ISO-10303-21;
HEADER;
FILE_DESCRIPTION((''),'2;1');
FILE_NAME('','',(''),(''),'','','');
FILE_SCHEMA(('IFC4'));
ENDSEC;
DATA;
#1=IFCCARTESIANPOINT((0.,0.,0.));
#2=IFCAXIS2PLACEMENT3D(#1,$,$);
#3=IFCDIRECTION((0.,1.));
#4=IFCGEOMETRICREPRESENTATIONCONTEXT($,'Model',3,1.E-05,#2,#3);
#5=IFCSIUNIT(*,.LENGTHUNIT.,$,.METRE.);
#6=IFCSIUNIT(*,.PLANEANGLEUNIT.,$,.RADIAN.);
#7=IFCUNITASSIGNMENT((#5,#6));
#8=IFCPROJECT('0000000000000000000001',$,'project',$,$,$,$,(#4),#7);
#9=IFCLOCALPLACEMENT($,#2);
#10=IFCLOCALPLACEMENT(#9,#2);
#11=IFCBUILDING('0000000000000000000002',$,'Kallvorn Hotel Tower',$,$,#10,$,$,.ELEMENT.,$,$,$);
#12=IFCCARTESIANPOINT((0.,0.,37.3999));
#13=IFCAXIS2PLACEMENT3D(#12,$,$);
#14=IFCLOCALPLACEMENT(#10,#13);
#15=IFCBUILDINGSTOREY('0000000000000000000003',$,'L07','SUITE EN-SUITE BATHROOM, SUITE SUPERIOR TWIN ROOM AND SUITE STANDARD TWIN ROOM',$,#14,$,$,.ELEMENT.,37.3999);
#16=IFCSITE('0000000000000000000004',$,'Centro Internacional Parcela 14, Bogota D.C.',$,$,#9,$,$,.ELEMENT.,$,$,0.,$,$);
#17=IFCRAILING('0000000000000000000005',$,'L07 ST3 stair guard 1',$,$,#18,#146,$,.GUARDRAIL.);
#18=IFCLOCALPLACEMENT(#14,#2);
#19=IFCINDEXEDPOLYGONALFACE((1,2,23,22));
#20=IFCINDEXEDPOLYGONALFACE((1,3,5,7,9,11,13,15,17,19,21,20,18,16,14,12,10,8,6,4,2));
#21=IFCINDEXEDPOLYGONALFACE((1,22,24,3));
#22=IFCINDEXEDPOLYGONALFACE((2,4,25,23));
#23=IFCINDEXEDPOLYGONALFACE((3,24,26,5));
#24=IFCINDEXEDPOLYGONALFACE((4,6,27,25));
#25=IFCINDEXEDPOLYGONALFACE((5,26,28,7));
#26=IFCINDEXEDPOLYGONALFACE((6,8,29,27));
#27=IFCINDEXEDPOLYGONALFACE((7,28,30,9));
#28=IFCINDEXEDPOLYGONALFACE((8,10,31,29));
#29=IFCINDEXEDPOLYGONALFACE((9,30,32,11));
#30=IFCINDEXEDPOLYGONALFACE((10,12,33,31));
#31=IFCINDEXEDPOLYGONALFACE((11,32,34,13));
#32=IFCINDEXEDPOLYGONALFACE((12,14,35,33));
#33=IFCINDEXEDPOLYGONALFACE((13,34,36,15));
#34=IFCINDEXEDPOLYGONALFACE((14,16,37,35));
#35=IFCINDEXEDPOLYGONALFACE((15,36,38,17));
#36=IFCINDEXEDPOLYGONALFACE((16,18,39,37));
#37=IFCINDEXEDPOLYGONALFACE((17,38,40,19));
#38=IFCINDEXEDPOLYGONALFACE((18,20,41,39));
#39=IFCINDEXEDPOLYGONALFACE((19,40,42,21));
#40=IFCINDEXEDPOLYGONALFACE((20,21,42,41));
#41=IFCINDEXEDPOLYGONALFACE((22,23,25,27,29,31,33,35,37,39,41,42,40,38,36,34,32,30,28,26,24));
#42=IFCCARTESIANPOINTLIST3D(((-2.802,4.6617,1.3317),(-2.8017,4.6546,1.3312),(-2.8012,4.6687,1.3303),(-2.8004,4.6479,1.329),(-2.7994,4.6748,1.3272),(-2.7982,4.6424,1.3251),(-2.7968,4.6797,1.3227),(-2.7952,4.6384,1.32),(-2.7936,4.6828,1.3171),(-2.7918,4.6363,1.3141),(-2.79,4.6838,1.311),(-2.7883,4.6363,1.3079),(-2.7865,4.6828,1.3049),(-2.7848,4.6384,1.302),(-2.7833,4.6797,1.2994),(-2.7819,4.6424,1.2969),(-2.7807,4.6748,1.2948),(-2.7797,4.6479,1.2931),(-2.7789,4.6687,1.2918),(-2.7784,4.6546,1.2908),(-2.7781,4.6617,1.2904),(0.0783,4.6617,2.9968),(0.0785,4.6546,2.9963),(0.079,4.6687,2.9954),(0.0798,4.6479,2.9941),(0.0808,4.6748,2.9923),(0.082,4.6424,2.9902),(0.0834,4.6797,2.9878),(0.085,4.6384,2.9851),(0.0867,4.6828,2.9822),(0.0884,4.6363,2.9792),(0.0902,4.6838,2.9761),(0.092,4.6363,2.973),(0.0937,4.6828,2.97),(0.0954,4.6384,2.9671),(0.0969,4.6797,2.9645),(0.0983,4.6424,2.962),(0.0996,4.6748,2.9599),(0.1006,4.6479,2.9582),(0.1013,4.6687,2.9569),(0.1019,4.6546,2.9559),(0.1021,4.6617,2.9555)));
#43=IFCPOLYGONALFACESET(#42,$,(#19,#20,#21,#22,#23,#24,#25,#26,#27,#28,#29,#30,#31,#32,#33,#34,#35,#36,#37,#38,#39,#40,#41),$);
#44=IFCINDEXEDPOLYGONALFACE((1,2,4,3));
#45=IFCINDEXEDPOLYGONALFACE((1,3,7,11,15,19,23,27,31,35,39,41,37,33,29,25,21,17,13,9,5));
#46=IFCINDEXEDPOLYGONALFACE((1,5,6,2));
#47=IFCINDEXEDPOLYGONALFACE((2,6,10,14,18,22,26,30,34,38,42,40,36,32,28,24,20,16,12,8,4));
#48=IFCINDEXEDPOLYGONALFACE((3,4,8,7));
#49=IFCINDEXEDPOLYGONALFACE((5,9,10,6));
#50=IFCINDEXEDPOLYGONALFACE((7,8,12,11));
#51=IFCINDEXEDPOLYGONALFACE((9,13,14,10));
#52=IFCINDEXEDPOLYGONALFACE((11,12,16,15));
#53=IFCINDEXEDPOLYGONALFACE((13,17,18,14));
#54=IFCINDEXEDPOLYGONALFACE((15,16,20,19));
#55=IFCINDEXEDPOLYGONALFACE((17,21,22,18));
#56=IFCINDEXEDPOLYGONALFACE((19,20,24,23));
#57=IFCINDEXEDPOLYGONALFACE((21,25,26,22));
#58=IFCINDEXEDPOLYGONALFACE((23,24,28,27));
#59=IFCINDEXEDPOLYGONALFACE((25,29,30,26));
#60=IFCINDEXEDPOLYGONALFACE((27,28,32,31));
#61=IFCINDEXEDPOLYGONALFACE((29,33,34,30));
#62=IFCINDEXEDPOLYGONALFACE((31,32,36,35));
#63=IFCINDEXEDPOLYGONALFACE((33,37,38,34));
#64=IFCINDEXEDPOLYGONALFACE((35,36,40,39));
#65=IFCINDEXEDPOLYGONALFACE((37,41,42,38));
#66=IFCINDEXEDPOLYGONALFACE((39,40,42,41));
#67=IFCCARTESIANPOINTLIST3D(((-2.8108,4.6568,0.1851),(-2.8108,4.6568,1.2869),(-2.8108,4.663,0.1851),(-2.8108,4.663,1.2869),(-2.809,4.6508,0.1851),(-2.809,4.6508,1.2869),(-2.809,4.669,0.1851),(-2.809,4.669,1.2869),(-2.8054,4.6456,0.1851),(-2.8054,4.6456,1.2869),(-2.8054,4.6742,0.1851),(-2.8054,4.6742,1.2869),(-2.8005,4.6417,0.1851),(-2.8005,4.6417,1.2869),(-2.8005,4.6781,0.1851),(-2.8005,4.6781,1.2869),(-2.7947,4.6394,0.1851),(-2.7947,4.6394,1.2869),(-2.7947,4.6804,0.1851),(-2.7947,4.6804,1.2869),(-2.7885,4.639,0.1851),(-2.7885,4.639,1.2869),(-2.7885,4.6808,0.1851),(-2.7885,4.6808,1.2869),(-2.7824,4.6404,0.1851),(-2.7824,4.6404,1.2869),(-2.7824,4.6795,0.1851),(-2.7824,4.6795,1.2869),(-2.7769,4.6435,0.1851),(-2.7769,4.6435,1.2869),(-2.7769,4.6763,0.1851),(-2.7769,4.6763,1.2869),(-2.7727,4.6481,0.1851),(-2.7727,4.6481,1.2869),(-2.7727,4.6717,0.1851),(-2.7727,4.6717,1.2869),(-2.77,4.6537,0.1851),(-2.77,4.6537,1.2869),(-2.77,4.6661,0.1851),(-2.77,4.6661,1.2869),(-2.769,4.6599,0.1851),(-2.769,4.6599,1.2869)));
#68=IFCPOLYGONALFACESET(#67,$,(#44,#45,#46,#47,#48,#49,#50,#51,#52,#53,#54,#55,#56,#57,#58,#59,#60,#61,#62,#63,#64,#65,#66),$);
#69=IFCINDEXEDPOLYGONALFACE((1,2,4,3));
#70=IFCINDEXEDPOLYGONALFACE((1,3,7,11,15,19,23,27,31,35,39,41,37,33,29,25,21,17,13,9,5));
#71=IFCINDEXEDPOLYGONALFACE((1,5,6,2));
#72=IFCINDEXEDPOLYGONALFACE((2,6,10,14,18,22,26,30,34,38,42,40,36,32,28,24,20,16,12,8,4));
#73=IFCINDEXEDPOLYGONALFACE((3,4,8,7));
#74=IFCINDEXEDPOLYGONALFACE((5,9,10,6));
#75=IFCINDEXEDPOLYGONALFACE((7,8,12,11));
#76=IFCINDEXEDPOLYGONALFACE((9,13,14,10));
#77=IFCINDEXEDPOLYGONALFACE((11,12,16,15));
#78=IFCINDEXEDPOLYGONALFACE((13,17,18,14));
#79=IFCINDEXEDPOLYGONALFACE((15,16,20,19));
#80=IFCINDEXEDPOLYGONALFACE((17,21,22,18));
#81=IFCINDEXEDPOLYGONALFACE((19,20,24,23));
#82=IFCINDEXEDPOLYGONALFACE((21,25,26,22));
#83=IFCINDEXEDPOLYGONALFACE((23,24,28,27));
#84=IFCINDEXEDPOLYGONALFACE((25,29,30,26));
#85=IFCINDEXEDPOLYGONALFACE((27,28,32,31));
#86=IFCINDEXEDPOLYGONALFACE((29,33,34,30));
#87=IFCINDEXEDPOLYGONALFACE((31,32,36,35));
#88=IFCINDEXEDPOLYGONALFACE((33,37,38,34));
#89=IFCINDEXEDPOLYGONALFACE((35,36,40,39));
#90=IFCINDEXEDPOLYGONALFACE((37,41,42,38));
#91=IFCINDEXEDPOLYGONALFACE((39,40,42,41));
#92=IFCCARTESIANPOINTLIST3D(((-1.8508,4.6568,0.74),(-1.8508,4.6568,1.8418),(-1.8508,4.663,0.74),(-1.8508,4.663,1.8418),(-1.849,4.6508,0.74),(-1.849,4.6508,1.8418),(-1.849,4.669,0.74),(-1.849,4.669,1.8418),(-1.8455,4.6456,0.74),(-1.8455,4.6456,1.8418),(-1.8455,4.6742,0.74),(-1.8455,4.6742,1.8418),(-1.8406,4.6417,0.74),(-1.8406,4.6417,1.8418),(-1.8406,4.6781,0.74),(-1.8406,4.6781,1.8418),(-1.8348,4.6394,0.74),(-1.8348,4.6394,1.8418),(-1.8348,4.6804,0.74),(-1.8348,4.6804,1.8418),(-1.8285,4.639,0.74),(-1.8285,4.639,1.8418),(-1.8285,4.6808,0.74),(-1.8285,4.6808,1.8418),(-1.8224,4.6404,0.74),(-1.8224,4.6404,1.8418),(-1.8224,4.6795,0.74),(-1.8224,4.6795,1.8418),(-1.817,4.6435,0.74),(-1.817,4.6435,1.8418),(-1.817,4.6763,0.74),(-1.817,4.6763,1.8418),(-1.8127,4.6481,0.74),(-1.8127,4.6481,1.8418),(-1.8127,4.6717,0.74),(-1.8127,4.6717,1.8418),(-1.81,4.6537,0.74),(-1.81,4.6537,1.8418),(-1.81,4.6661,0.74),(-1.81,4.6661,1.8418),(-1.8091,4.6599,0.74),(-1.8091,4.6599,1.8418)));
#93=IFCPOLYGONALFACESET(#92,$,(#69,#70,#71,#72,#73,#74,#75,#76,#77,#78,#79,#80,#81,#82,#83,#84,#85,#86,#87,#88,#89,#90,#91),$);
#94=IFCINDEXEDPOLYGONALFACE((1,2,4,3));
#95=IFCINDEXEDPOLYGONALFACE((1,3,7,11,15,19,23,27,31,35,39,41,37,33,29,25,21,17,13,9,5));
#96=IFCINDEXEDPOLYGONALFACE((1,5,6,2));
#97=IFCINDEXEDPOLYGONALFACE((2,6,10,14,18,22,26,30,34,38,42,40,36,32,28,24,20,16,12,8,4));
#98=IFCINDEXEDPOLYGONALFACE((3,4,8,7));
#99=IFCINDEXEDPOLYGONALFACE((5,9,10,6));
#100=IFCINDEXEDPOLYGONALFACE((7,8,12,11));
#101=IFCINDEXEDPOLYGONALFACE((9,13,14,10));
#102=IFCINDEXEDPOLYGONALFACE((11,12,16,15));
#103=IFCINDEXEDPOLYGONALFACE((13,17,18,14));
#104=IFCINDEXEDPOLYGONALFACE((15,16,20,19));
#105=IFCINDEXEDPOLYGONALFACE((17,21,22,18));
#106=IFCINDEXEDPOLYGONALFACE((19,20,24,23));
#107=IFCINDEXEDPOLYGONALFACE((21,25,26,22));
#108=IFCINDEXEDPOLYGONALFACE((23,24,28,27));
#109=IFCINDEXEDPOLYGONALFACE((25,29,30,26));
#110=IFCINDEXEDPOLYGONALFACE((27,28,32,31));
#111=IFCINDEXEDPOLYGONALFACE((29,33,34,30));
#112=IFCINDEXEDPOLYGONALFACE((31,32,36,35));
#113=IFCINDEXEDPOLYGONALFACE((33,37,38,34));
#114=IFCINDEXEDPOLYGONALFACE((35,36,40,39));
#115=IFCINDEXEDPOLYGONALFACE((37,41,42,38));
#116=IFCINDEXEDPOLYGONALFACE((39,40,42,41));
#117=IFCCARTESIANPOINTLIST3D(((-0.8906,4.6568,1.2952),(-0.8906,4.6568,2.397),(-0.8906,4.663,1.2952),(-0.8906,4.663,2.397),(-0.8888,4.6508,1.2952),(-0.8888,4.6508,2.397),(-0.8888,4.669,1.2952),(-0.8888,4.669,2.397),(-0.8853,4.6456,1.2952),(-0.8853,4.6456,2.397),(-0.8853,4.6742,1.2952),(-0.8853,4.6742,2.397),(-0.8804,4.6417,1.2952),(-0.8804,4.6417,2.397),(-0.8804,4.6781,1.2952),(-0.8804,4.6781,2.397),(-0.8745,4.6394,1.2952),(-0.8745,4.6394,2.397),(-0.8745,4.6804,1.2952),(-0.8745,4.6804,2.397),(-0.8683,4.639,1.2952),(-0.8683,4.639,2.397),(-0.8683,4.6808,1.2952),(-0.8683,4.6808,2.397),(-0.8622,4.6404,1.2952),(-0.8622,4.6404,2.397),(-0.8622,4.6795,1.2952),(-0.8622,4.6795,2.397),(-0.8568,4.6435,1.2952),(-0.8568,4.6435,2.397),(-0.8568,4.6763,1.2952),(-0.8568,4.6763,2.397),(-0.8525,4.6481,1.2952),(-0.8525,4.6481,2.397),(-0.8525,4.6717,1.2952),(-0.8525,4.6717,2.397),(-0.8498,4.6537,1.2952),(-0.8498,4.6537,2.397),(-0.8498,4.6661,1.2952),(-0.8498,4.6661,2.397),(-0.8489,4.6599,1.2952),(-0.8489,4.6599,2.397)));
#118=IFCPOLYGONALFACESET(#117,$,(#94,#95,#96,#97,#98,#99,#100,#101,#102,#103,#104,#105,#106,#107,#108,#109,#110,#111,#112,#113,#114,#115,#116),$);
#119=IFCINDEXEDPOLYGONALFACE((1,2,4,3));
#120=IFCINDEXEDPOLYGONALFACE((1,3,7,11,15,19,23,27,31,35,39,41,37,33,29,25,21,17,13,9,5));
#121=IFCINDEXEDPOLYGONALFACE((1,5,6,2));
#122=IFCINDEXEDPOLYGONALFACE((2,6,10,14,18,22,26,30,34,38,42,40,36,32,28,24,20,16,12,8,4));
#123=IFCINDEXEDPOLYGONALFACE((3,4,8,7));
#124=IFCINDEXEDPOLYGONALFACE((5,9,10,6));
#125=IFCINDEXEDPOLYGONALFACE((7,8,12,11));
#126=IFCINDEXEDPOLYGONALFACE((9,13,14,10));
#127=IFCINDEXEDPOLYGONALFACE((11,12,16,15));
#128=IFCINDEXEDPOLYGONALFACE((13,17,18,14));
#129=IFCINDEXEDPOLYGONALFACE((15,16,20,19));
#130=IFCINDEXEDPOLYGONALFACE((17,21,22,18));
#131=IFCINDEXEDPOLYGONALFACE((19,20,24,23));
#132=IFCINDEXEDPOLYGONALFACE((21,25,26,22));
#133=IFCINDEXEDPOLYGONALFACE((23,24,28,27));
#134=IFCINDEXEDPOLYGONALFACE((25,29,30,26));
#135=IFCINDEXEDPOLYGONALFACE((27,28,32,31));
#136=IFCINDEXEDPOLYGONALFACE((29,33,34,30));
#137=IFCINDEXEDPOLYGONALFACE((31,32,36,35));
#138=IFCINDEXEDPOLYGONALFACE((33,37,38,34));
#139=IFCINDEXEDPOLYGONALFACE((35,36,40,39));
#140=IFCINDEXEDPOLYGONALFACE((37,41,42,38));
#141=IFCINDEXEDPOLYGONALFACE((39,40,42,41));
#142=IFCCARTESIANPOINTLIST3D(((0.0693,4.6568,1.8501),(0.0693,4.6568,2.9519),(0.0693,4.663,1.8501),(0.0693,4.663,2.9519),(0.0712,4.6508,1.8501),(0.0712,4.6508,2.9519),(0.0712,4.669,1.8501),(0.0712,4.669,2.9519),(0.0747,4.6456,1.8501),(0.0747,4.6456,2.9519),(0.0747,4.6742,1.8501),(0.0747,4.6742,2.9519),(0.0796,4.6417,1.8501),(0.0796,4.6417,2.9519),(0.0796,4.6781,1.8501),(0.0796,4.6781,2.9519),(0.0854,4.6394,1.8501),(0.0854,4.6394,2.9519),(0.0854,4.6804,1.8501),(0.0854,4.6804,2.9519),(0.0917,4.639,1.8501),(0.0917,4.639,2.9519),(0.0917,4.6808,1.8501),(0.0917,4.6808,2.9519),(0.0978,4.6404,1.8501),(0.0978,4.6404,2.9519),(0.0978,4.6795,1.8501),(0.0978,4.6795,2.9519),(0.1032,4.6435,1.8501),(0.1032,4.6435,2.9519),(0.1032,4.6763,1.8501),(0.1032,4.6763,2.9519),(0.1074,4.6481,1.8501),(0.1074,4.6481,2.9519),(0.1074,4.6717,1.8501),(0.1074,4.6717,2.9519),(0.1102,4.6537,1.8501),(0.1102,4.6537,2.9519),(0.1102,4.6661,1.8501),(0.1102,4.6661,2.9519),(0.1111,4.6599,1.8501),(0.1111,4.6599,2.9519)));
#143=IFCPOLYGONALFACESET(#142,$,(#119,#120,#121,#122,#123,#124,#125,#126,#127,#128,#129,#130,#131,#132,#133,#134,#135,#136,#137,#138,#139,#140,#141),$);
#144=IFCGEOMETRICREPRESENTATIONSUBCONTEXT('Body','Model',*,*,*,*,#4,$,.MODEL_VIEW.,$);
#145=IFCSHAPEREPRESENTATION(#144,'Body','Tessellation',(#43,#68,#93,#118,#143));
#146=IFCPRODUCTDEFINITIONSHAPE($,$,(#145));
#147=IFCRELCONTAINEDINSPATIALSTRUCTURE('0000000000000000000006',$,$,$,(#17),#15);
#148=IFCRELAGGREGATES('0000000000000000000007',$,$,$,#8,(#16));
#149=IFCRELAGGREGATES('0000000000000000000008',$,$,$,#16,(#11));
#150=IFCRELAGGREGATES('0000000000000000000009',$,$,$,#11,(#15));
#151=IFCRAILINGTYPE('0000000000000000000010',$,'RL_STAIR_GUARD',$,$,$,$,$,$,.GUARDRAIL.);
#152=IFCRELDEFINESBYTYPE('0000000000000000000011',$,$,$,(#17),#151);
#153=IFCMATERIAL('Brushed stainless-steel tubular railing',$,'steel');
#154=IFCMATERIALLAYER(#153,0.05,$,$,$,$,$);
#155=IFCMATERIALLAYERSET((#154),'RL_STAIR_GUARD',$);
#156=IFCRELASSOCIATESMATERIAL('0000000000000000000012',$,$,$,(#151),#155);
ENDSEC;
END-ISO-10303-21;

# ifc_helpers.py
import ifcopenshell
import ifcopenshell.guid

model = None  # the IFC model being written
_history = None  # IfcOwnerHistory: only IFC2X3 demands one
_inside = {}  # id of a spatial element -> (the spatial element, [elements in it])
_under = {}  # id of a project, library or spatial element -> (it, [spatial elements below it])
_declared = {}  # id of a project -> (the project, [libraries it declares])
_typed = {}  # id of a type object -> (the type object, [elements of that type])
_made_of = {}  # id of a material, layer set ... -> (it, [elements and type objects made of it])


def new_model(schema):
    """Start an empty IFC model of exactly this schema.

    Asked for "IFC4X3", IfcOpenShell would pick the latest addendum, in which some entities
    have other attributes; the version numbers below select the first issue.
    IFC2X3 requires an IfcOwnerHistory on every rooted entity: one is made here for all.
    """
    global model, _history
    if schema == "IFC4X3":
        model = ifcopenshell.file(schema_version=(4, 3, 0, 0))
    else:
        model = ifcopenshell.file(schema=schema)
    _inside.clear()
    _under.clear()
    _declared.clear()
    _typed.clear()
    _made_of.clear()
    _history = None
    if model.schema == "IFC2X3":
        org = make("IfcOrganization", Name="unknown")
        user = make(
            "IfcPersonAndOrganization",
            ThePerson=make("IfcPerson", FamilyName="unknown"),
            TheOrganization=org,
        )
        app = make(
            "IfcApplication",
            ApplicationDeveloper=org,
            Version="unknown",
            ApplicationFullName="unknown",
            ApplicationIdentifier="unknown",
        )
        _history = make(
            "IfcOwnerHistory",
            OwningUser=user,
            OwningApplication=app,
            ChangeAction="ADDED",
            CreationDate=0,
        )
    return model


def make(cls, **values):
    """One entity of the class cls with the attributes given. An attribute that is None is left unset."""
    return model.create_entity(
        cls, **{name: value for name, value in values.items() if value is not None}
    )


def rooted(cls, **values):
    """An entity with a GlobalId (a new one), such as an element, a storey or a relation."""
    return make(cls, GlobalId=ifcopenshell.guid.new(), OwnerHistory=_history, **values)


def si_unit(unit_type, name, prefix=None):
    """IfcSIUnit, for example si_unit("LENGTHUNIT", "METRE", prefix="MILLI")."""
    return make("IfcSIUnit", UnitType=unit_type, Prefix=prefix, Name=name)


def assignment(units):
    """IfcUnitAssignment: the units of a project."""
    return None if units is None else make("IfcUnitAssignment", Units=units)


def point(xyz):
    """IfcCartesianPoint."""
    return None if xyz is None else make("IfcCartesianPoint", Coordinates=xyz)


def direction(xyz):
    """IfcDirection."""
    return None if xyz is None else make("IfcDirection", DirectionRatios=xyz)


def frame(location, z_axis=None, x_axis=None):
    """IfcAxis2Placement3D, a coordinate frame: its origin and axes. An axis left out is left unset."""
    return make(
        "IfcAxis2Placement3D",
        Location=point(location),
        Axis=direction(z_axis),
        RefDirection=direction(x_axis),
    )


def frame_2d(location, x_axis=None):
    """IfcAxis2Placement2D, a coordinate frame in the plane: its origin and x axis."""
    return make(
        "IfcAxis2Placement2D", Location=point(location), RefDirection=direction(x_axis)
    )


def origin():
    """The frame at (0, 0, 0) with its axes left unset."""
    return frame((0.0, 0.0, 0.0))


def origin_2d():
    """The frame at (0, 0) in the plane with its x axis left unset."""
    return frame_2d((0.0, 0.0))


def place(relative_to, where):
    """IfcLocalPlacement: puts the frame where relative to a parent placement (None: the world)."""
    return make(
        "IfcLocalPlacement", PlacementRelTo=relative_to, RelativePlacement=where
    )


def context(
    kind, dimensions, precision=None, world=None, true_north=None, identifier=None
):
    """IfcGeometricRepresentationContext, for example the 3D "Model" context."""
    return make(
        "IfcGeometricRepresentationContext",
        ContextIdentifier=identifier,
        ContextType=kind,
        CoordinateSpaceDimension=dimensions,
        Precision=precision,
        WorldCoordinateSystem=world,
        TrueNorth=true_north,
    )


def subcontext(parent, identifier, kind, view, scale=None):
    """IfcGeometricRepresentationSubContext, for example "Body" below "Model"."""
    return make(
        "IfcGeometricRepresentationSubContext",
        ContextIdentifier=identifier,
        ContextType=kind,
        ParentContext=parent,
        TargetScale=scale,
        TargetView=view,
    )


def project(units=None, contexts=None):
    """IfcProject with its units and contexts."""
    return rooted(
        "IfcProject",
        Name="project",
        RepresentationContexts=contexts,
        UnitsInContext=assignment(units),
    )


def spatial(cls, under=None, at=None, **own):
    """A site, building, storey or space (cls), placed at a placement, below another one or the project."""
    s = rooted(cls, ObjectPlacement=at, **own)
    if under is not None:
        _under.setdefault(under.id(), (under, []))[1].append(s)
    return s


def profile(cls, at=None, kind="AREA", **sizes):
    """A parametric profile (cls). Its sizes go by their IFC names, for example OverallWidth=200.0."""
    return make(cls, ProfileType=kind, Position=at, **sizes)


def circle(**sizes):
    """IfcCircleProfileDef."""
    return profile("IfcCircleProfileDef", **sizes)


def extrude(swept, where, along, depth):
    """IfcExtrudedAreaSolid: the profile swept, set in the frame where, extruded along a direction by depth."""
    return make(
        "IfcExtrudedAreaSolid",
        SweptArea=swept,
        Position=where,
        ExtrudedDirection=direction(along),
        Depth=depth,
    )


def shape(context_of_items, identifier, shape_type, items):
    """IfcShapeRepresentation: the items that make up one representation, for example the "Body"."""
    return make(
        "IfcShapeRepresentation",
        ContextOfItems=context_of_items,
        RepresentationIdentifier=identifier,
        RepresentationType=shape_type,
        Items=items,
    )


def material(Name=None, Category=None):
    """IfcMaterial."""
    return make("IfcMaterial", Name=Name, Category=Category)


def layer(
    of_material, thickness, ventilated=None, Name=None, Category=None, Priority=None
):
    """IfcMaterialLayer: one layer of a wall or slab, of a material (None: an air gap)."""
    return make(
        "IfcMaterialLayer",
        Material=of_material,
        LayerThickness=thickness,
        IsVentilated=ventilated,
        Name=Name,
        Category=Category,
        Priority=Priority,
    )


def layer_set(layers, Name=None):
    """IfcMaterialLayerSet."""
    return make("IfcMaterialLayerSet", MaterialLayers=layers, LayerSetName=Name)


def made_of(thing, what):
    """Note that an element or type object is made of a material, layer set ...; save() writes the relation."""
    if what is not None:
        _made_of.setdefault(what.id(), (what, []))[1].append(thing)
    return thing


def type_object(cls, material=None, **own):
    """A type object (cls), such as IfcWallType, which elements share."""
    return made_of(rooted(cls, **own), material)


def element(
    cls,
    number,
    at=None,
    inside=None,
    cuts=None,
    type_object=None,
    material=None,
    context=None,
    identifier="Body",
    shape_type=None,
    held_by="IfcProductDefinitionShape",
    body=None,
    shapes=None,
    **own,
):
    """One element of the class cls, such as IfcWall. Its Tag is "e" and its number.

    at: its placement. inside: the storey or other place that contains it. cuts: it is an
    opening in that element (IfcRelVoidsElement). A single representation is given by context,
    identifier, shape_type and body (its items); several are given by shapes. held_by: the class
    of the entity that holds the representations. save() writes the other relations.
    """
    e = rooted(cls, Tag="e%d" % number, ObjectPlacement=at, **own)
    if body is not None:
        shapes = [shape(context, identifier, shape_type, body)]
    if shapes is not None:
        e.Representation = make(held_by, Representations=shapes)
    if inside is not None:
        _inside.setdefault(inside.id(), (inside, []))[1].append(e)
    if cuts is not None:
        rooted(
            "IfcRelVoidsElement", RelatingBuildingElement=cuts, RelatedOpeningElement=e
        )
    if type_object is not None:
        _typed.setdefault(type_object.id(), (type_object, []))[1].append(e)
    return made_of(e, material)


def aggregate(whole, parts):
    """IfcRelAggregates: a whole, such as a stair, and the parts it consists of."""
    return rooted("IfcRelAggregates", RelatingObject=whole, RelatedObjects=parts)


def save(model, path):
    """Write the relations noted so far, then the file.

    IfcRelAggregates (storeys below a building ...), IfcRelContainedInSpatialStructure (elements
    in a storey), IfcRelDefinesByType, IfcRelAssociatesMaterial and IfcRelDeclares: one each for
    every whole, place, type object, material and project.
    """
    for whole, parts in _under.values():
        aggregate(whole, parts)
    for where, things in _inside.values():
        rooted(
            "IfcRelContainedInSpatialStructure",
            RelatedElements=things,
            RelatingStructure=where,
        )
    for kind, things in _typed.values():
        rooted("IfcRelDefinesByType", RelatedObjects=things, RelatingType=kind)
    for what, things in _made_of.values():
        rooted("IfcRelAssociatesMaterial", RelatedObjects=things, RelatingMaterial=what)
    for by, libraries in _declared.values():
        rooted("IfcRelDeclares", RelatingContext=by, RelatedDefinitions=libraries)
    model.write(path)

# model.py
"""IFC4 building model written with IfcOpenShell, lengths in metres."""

from ifc_helpers import new_model, si_unit, direction, frame, origin, origin_2d, place, context, subcontext, project, spatial, circle, extrude, material, layer, layer_set, type_object, element, save


model = new_model("IFC4")

# Units and contexts
model_context = context("Model", 3, precision=1e-05, world=origin(), true_north=direction((0.0, 1.0)))
body_context = subcontext(model_context, "Body", "Model", "MODEL_VIEW")
ifc_project = project(units=[si_unit("LENGTHUNIT", "METRE"), si_unit("PLANEANGLEUNIT", "RADIAN")], contexts=[model_context])

# Site, building, storey
site_placement = place(None, origin())
site = spatial("IfcSite", under=ifc_project, at=site_placement, Name="Centro Internacional Parcela 14, Bogota D.C.", CompositionType="ELEMENT", RefElevation=0.0)
building_placement = place(site_placement, origin())
building = spatial("IfcBuilding", under=site, at=building_placement, Name="Kallvorn Hotel Tower", CompositionType="ELEMENT")
storey_placement = place(building_placement, frame((0.0, 0.0, 37.3999)))
storey = spatial("IfcBuildingStorey", under=building, at=storey_placement, Name="L07", Description="SUITE EN-SUITE BATHROOM, SUITE SUPERIOR TWIN ROOM AND SUITE STANDARD TWIN ROOM", CompositionType="ELEMENT", Elevation=37.3999)

# Railing
ifc_material_1 = material(Name="Brushed stainless-steel tubular railing", Category="steel")
ifc_layer_1 = layer(ifc_material_1, 0.05)
ifc_layer_set_1 = layer_set([ifc_layer_1], Name="RL_STAIR_GUARD")
railing_type_1 = type_object("IfcRailingType", Name="RL_STAIR_GUARD", PredefinedType="GUARDRAIL", material=ifc_layer_set_1)
railing_1_placement = place(storey_placement, frame((-2.79, 4.6599, 0.1851)))
element("IfcRailing", 1, at=railing_1_placement, inside=storey, type_object=railing_type_1, Name="L07 ST3 stair guard 1", PredefinedType="GUARDRAIL", context=body_context, shape_type="SweptSolid", body=[
    extrude(circle(Radius=0.0239, at=origin_2d()), frame((0.0, 0.0, 1.126), z_axis=(0.865739, 0.0, 0.500495), x_axis=(0.0, 1.0, 0.0)), (0.0, 0.0, 1.0), 3.3269),
    extrude(circle(Radius=0.021, at=origin_2d()), origin(), (0.0, 0.0, 1.0), 1.1018),
    extrude(circle(Radius=0.021, at=origin_2d()), frame((0.96, 0.0, 0.5549)), (0.0, 0.0, 1.0), 1.1018),
    extrude(circle(Radius=0.021, at=origin_2d()), frame((1.9202, 0.0, 1.1101)), (0.0, 0.0, 1.0), 1.1018),
    extrude(circle(Radius=0.021, at=origin_2d()), frame((2.8801, 0.0, 1.665)), (0.0, 0.0, 1.0), 1.1018),
])

save(model, "model.ifc")
